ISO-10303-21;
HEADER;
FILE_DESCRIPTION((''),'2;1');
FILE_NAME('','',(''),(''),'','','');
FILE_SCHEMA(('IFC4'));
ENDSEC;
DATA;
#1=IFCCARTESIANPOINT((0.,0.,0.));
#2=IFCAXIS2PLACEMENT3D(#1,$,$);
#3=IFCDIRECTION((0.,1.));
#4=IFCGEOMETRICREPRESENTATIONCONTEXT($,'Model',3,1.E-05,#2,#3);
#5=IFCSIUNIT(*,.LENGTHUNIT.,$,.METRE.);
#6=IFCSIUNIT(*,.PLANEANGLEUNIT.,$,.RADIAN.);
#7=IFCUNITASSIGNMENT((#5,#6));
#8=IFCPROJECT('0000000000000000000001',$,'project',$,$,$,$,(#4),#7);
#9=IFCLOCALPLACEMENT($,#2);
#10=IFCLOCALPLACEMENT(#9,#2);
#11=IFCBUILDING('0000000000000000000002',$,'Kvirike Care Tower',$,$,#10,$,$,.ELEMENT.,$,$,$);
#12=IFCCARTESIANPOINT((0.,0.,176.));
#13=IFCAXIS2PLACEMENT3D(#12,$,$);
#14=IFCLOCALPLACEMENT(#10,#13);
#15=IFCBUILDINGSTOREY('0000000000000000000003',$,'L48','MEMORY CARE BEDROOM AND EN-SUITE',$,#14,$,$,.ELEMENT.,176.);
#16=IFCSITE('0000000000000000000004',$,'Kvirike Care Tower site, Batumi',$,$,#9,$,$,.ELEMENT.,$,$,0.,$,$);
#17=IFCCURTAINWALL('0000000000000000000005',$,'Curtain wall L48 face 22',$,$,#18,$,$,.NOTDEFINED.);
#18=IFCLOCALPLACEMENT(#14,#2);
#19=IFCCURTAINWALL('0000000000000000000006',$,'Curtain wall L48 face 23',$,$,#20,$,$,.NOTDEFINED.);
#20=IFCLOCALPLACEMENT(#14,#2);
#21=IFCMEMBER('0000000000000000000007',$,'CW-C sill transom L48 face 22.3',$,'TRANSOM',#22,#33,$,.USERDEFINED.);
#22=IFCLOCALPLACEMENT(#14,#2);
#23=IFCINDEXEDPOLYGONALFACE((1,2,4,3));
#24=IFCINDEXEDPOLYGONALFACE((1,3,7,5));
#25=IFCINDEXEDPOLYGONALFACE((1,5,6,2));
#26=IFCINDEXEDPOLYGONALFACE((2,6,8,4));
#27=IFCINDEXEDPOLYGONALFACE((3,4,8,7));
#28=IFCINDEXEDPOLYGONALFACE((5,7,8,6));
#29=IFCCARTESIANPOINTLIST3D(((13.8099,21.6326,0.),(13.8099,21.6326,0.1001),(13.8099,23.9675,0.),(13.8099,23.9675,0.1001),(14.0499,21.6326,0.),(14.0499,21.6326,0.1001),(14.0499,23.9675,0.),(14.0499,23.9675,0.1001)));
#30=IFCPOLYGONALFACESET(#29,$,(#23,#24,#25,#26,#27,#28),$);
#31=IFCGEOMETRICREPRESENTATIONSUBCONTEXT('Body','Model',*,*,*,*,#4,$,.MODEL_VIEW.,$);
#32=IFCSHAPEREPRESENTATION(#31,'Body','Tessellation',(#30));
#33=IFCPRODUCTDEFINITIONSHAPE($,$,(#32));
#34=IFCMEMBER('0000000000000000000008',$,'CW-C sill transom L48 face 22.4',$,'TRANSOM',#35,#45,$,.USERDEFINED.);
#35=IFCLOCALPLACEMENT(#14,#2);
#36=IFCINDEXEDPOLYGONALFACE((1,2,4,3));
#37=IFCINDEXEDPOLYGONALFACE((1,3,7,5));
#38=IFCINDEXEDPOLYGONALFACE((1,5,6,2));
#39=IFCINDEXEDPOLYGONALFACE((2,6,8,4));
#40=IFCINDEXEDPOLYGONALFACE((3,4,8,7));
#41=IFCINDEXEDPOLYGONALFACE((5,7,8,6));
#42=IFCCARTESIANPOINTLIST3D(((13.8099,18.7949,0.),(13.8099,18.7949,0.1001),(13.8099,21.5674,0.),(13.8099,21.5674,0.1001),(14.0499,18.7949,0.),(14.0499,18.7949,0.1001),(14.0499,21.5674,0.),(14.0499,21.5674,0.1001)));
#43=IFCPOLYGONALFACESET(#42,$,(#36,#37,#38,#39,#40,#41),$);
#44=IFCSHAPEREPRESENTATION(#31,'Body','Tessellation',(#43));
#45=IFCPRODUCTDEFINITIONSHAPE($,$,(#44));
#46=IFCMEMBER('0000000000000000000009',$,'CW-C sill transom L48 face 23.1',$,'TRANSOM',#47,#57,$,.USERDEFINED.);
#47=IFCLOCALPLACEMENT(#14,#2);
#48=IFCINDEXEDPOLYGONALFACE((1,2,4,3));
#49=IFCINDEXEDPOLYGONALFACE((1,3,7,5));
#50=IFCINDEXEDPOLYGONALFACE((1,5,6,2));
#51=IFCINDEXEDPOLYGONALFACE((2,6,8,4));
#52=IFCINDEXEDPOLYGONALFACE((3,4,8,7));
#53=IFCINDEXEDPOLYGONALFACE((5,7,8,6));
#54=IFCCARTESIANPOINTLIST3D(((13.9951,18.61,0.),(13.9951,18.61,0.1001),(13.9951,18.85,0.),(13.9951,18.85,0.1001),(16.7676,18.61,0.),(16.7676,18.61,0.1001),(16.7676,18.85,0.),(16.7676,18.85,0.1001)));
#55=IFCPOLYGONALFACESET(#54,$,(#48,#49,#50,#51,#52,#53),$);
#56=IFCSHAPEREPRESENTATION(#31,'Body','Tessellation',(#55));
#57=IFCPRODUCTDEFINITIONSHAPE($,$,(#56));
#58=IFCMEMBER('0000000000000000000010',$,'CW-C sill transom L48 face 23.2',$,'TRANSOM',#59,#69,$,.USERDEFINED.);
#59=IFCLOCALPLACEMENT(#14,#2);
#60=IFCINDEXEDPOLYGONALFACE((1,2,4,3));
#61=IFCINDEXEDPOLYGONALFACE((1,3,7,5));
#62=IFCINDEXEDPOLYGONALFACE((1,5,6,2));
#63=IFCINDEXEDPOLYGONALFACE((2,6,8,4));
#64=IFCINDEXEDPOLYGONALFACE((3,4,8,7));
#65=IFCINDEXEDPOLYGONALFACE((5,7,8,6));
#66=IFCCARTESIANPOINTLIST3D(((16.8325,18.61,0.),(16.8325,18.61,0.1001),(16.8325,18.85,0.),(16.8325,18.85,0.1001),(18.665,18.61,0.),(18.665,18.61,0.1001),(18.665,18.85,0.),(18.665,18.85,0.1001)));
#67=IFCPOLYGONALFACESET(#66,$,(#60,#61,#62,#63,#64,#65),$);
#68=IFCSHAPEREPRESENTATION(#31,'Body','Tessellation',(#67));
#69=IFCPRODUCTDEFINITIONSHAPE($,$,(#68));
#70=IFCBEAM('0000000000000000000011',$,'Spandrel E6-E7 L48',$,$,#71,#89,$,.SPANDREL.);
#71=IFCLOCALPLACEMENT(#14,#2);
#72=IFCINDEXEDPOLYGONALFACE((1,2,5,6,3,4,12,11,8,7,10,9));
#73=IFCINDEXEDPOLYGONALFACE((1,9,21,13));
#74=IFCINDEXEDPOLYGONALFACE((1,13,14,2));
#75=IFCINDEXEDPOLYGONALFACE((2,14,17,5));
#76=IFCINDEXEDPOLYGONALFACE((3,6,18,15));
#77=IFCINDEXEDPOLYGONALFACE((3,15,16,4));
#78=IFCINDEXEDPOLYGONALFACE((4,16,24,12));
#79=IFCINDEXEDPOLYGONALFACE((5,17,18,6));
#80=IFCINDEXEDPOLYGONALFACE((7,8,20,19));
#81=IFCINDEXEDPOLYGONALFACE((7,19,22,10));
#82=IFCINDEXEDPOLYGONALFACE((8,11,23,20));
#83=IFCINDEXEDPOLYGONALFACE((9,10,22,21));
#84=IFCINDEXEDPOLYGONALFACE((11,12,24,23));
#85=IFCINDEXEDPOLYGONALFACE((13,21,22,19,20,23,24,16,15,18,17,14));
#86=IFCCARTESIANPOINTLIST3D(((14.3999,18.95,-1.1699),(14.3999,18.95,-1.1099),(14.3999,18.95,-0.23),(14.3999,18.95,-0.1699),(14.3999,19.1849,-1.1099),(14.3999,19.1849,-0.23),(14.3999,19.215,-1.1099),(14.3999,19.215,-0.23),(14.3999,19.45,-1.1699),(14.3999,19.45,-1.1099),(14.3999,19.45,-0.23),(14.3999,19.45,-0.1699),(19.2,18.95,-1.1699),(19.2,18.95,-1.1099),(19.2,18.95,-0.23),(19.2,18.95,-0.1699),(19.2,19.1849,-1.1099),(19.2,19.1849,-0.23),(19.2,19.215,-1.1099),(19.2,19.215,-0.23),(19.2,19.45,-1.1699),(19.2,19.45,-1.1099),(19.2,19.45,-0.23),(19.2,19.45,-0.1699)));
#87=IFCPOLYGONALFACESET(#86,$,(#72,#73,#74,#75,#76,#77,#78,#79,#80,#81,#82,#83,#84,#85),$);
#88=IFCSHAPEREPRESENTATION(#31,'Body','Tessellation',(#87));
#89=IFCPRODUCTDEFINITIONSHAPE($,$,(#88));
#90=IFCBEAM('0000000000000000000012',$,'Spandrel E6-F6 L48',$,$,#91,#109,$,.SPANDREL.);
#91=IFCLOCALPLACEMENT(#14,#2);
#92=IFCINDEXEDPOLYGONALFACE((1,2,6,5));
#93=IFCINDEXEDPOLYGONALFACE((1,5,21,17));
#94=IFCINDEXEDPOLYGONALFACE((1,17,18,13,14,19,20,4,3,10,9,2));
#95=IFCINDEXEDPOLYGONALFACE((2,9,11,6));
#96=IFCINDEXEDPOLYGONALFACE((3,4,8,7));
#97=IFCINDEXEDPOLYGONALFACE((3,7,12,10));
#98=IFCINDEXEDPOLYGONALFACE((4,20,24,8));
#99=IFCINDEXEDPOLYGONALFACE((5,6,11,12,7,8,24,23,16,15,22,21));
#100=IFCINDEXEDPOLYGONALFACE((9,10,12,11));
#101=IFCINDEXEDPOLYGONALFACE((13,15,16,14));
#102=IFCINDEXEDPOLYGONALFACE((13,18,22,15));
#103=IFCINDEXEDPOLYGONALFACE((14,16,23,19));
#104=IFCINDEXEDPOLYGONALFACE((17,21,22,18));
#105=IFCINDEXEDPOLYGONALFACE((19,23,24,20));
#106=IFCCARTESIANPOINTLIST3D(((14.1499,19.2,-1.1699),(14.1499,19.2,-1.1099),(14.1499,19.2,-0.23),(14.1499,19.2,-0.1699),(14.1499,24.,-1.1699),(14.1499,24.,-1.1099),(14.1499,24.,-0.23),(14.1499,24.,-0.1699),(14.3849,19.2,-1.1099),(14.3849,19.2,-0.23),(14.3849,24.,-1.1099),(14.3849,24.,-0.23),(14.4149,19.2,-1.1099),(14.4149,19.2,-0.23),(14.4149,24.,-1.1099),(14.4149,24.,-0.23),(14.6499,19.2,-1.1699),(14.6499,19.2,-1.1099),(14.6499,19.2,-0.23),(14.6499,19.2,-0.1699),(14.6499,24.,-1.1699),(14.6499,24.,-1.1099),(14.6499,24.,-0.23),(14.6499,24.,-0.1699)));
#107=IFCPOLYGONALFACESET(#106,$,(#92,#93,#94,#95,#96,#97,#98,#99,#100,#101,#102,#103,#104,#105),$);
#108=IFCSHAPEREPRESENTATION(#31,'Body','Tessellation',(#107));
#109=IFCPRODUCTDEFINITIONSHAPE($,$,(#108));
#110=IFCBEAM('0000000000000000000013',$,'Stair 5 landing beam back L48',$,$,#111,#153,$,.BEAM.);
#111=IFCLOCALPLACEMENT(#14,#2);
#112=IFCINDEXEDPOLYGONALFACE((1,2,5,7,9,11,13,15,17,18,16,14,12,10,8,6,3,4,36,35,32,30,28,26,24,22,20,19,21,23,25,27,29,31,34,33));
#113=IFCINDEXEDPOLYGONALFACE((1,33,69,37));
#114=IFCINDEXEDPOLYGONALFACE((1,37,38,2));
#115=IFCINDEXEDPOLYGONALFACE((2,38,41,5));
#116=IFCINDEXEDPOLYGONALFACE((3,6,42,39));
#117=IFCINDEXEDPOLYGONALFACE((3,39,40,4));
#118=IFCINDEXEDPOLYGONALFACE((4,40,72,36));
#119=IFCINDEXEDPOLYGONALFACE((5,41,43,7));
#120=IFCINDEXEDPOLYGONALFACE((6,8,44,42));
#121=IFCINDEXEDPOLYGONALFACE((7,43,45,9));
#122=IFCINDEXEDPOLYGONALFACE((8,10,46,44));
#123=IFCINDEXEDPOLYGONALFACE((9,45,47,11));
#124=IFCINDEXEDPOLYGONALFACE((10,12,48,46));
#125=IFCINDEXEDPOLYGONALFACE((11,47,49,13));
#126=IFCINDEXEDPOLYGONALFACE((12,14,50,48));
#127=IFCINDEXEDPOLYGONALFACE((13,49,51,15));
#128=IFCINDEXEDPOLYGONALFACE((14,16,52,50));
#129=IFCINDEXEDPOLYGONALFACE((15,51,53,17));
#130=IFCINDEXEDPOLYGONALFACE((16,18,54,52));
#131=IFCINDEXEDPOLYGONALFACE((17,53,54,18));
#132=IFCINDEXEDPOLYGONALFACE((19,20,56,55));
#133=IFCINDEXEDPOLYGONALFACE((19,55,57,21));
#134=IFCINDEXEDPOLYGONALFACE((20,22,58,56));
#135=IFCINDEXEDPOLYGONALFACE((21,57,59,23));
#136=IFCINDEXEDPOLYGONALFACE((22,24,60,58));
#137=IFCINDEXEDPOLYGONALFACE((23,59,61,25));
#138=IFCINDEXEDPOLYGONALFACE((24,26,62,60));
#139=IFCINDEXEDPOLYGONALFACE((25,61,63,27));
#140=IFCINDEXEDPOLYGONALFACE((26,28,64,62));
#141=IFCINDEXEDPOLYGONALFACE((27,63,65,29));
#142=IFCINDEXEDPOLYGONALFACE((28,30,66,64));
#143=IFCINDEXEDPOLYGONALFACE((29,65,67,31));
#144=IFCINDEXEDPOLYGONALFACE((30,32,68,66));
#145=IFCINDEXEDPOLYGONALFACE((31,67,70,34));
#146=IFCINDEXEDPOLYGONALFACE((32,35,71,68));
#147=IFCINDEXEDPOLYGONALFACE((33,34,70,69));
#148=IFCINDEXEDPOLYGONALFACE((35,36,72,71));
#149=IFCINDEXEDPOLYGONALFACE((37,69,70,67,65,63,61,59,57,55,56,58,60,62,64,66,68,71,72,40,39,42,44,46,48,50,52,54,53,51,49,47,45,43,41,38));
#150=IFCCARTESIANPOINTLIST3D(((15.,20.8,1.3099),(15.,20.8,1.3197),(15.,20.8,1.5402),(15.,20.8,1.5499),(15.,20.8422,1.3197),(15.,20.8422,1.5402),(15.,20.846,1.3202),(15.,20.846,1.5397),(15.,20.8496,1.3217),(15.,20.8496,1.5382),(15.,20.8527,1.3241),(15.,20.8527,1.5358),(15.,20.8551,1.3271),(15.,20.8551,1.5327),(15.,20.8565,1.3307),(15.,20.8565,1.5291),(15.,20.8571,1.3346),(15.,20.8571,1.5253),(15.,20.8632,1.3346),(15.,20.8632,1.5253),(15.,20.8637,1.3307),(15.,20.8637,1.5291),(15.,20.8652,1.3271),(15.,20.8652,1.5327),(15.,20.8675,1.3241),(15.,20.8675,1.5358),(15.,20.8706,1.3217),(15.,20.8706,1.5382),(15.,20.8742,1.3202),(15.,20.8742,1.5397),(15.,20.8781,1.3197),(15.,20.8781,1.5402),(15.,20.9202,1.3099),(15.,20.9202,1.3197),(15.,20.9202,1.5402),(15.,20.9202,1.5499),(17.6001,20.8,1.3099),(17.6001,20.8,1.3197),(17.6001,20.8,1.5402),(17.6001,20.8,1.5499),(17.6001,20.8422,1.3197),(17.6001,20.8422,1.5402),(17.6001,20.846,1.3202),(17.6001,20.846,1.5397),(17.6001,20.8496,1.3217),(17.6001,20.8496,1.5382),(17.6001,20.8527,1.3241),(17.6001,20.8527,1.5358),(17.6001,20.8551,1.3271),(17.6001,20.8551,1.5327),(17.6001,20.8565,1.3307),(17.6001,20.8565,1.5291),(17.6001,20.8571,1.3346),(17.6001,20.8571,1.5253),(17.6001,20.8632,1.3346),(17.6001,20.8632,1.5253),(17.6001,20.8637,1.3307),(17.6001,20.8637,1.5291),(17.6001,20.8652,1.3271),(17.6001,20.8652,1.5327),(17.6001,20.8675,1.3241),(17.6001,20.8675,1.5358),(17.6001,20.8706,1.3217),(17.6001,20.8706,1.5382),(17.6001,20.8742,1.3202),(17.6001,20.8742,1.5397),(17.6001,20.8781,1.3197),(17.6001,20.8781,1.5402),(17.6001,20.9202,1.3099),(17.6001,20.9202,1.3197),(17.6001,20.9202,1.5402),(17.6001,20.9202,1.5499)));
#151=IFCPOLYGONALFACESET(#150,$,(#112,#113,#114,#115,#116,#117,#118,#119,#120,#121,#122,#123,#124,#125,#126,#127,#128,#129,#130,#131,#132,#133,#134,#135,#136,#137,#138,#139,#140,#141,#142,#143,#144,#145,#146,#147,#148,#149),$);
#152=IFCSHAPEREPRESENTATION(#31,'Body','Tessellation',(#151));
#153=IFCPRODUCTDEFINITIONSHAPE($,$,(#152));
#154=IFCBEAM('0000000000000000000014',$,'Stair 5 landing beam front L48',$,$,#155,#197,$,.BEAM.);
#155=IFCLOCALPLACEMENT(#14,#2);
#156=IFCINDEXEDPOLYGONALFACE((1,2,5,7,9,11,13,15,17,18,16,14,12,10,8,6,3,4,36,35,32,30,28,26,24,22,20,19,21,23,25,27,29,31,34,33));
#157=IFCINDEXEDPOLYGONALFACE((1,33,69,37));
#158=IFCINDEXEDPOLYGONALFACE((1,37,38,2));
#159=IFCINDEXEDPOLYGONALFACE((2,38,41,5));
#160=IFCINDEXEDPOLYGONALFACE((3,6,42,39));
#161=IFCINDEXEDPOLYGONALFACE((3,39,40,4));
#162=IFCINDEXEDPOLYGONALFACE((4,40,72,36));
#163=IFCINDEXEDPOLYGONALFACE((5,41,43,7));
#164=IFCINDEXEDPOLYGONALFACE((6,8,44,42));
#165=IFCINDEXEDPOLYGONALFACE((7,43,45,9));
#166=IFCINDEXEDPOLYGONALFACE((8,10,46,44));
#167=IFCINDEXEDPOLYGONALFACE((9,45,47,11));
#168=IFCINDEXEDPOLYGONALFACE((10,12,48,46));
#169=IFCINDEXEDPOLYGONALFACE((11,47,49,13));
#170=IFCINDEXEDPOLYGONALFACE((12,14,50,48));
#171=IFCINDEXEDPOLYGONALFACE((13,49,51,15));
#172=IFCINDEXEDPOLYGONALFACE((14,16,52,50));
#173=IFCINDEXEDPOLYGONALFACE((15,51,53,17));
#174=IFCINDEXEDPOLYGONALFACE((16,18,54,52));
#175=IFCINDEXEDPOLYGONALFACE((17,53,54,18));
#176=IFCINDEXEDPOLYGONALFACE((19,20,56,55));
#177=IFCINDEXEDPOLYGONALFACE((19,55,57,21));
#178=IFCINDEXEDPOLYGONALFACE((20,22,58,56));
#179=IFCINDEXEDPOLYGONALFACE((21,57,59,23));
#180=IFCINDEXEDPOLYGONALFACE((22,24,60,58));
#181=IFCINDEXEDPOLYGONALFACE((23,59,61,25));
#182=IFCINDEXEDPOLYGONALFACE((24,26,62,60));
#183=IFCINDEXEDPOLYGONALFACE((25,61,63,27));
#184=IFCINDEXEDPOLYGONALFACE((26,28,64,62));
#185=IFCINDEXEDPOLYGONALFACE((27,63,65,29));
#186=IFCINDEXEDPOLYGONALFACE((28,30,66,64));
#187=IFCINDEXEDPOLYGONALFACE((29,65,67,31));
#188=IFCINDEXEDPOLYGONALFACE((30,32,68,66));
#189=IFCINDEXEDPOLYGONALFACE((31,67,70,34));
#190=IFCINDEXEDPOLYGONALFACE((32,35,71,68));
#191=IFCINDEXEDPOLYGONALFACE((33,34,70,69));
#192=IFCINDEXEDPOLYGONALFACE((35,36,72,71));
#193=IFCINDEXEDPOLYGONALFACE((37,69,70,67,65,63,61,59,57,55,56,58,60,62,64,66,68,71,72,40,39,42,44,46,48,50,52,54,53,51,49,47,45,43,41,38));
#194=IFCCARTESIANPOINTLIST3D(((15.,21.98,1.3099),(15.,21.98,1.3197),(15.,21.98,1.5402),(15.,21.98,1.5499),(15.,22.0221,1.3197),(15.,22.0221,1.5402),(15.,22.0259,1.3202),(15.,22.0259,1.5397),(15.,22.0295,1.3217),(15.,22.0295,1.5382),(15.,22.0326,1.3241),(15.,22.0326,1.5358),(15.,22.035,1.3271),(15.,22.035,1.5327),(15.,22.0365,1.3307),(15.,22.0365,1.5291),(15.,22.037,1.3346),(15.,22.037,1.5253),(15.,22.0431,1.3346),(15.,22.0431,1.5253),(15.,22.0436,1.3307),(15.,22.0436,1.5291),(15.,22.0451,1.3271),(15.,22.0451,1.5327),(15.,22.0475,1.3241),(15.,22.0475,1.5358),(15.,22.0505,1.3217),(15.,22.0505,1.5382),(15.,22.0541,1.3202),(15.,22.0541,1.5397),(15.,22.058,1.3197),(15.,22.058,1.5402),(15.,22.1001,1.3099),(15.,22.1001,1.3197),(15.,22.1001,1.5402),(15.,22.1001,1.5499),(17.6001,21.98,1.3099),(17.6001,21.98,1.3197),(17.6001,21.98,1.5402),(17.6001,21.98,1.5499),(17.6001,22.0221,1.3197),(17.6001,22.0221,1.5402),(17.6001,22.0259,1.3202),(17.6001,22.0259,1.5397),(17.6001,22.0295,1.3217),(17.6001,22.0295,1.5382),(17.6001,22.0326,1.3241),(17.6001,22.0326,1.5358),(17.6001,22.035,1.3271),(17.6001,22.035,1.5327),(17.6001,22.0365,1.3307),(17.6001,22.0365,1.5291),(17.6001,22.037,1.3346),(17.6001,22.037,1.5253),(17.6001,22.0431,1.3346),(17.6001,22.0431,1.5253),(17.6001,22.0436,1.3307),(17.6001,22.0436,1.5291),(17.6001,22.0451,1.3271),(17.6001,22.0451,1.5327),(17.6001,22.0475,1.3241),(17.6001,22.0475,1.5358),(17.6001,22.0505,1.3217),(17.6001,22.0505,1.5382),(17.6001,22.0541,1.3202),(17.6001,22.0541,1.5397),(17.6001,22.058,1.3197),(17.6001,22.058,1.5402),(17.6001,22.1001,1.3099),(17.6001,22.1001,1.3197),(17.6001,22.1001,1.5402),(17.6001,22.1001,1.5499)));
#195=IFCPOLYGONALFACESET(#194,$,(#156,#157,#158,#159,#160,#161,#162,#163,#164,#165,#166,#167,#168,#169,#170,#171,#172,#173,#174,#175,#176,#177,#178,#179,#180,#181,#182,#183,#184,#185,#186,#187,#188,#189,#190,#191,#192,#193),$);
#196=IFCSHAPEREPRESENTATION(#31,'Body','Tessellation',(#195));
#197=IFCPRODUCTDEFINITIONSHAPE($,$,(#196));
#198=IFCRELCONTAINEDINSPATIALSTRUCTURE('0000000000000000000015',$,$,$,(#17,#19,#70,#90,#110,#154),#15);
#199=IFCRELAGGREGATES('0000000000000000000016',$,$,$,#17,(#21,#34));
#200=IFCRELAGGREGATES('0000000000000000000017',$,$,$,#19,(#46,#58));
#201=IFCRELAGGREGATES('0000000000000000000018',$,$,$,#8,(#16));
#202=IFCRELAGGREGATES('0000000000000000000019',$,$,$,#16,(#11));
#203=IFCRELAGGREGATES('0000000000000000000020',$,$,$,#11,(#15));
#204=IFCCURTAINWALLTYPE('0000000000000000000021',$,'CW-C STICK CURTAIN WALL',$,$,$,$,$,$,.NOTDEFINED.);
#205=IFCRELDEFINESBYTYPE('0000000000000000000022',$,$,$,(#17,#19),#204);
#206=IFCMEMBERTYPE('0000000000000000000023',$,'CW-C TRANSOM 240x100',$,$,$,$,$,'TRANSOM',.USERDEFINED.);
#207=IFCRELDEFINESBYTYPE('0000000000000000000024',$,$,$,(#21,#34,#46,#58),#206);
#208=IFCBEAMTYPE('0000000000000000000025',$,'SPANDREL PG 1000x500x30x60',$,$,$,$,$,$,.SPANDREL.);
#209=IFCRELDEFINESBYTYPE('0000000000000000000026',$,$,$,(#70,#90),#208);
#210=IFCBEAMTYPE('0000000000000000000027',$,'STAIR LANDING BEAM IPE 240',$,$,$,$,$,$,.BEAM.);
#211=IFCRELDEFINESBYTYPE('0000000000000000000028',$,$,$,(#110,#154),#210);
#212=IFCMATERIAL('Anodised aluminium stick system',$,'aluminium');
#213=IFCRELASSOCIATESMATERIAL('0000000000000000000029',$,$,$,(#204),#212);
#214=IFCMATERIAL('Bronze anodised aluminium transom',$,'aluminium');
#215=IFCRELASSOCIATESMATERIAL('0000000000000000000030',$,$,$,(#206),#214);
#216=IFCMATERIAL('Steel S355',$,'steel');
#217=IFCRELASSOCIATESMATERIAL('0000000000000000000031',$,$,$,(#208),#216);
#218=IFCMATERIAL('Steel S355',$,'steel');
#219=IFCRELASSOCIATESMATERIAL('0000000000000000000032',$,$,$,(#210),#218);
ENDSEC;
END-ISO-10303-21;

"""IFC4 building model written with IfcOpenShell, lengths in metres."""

from ifc_helpers import new_model, si_unit, direction, frame, origin, origin_2d, place, context, subcontext, project, spatial, rectangle, i_section, extrude, material, material_profile, profile_set, type_object, element, aggregate, save


model = new_model("IFC4")

# Units and contexts
model_context = context("Model", 3, precision=1e-05, world=origin(), true_north=direction((0.0, 1.0)))
body_context = subcontext(model_context, "Body", "Model", "MODEL_VIEW")
ifc_project = project(units=[si_unit("LENGTHUNIT", "METRE"), si_unit("PLANEANGLEUNIT", "RADIAN")], contexts=[model_context])

# Site, building, storey
site_placement = place(None, origin())
site = spatial("IfcSite", under=ifc_project, at=site_placement, Name="Kvirike Care Tower site, Batumi", CompositionType="ELEMENT", RefElevation=0.0)
building_placement = place(site_placement, origin())
building = spatial("IfcBuilding", under=site, at=building_placement, Name="Kvirike Care Tower", CompositionType="ELEMENT")
storey_placement = place(building_placement, frame((0.0, 0.0, 176.0)))
storey = spatial("IfcBuildingStorey", under=building, at=storey_placement, Name="L48", Description="MEMORY CARE BEDROOM AND EN-SUITE", CompositionType="ELEMENT", Elevation=176.0)

# Curtain walls
ifc_material_1 = material(Name="Anodised aluminium stick system", Category="aluminium")
curtain_wall_type = type_object("IfcCurtainWallType", Name="CW-C STICK CURTAIN WALL", PredefinedType="NOTDEFINED", material=ifc_material_1)
curtain_wall_1_placement = place(storey_placement, origin())
curtain_wall_1 = element("IfcCurtainWall", 1, at=curtain_wall_1_placement, inside=storey, type_object=curtain_wall_type, Name="Curtain wall L48 face 22", PredefinedType="NOTDEFINED")
curtain_wall_2_placement = place(storey_placement, origin())
curtain_wall_2 = element("IfcCurtainWall", 2, at=curtain_wall_2_placement, inside=storey, type_object=curtain_wall_type, Name="Curtain wall L48 face 23", PredefinedType="NOTDEFINED")

# Members
ifc_material_2 = material(Name="Bronze anodised aluminium transom", Category="aluminium")
ifc_material_profile_1 = material_profile(ifc_material_2, rectangle(XDim=0.24, YDim=0.1001, at=origin_2d()), Name="CW-C TRANSOM 240x100")
ifc_profile_set_1 = profile_set([ifc_material_profile_1], Name="Bronze anodised aluminium transom")
member_type_1 = type_object("IfcMemberType", Name="CW-C TRANSOM 240x100", ElementType="TRANSOM", PredefinedType="USERDEFINED", material=ifc_profile_set_1)
member_1_placement = place(storey_placement, frame((13.9299, 23.9675, 0.05), z_axis=(0.0, -1.0, 0.0), x_axis=(1.0, 0.0, 0.0)))
member_1 = element("IfcMember", 3, at=member_1_placement, type_object=member_type_1, Name="CW-C sill transom L48 face 22.3", ObjectType="TRANSOM", PredefinedType="USERDEFINED", context=body_context, shape_type="SweptSolid", body=[
    extrude(rectangle(XDim=0.24, YDim=0.1001, at=origin_2d()), origin(), (0.0, 0.0, 1.0), 2.335),
])
member_2_placement = place(storey_placement, frame((13.9299, 21.5674, 0.05), z_axis=(0.0, -1.0, 0.0), x_axis=(1.0, 0.0, 0.0)))
member_2 = element("IfcMember", 4, at=member_2_placement, type_object=member_type_1, Name="CW-C sill transom L48 face 22.4", ObjectType="TRANSOM", PredefinedType="USERDEFINED", context=body_context, shape_type="SweptSolid", body=[
    extrude(rectangle(XDim=0.24, YDim=0.1001, at=origin_2d()), origin(), (0.0, 0.0, 1.0), 2.7725),
])
member_3_placement = place(storey_placement, frame((13.9951, 18.73, 0.05), z_axis=(1.0, 0.0, 0.0), x_axis=(0.0, 1.0, 0.0)))
member_3 = element("IfcMember", 5, at=member_3_placement, type_object=member_type_1, Name="CW-C sill transom L48 face 23.1", ObjectType="TRANSOM", PredefinedType="USERDEFINED", context=body_context, shape_type="SweptSolid", body=[
    extrude(rectangle(XDim=0.24, YDim=0.1001, at=origin_2d()), origin(), (0.0, 0.0, 1.0), 2.7725),
])
member_4_placement = place(storey_placement, frame((16.8325, 18.73, 0.05), z_axis=(1.0, 0.0, 0.0), x_axis=(0.0, 1.0, 0.0)))
member_4 = element("IfcMember", 6, at=member_4_placement, type_object=member_type_1, Name="CW-C sill transom L48 face 23.2", ObjectType="TRANSOM", PredefinedType="USERDEFINED", context=body_context, shape_type="SweptSolid", body=[
    extrude(rectangle(XDim=0.24, YDim=0.1001, at=origin_2d()), origin(), (0.0, 0.0, 1.0), 1.8325),
])

# Beams
ifc_material_3 = material(Name="Steel S355", Category="steel")
ifc_material_profile_2 = material_profile(ifc_material_3, i_section(OverallWidth=0.5, OverallDepth=1.0, WebThickness=0.03, FlangeThickness=0.0601, at=origin_2d()), Name="PG 1000x500x30x60")
ifc_profile_set_2 = profile_set([ifc_material_profile_2], Name="Steel S355")
beam_type_1 = type_object("IfcBeamType", Name="SPANDREL PG 1000x500x30x60", PredefinedType="SPANDREL", material=ifc_profile_set_2)
for number, where, z_axis, x_axis, name in (
    (7, (14.3999, 19.2, -0.6699), (1.0, 0.0, 0.0), (0.0, 1.0, 0.0), "Spandrel E6-E7 L48"),
    (8, (14.3999, 19.2, -0.6699), (0.0, 1.0, 0.0), (-1.0, 0.0, 0.0), "Spandrel E6-F6 L48"),
):
    element("IfcBeam", number, at=place(storey_placement, frame(where, z_axis=z_axis, x_axis=x_axis)), inside=storey, type_object=beam_type_1, Name=name, PredefinedType="SPANDREL", context=body_context, shape_type="SweptSolid", body=[
        extrude(i_section(OverallWidth=0.5, OverallDepth=1.0, WebThickness=0.03, FlangeThickness=0.0601, at=origin_2d()), origin(), (0.0, 0.0, 1.0), 4.8),
    ])
ifc_material_4 = material(Name="Steel S355", Category="steel")
ifc_material_profile_3 = material_profile(ifc_material_4, i_section(OverallWidth=0.1201, OverallDepth=0.24, WebThickness=0.0061, FlangeThickness=0.0098, FilletRadius=0.0149, at=origin_2d()), Name="IPE 240")
ifc_profile_set_3 = profile_set([ifc_material_profile_3], Name="Steel S355")
beam_type_2 = type_object("IfcBeamType", Name="STAIR LANDING BEAM IPE 240", PredefinedType="BEAM", material=ifc_profile_set_3)
for number, where, z_axis, x_axis, name in (
    (9, (15.0, 20.8601, 1.4299), (1.0, 0.0, 0.0), (0.0, 1.0, 0.0), "Stair 5 landing beam back L48"),
    (10, (15.0, 22.04, 1.4299), (1.0, 0.0, 0.0), (0.0, 1.0, 0.0), "Stair 5 landing beam front L48"),
):
    element("IfcBeam", number, at=place(storey_placement, frame(where, z_axis=z_axis, x_axis=x_axis)), inside=storey, type_object=beam_type_2, Name=name, PredefinedType="BEAM", context=body_context, shape_type="SweptSolid", body=[
        extrude(i_section(OverallWidth=0.1201, OverallDepth=0.24, WebThickness=0.0061, FlangeThickness=0.0098, FilletRadius=0.0149, at=origin_2d()), origin(), (0.0, 0.0, 1.0), 2.6001),
    ])

aggregate(curtain_wall_1, [member_1, member_2])
aggregate(curtain_wall_2, [member_3, member_4])

save(model, "model.ifc")
